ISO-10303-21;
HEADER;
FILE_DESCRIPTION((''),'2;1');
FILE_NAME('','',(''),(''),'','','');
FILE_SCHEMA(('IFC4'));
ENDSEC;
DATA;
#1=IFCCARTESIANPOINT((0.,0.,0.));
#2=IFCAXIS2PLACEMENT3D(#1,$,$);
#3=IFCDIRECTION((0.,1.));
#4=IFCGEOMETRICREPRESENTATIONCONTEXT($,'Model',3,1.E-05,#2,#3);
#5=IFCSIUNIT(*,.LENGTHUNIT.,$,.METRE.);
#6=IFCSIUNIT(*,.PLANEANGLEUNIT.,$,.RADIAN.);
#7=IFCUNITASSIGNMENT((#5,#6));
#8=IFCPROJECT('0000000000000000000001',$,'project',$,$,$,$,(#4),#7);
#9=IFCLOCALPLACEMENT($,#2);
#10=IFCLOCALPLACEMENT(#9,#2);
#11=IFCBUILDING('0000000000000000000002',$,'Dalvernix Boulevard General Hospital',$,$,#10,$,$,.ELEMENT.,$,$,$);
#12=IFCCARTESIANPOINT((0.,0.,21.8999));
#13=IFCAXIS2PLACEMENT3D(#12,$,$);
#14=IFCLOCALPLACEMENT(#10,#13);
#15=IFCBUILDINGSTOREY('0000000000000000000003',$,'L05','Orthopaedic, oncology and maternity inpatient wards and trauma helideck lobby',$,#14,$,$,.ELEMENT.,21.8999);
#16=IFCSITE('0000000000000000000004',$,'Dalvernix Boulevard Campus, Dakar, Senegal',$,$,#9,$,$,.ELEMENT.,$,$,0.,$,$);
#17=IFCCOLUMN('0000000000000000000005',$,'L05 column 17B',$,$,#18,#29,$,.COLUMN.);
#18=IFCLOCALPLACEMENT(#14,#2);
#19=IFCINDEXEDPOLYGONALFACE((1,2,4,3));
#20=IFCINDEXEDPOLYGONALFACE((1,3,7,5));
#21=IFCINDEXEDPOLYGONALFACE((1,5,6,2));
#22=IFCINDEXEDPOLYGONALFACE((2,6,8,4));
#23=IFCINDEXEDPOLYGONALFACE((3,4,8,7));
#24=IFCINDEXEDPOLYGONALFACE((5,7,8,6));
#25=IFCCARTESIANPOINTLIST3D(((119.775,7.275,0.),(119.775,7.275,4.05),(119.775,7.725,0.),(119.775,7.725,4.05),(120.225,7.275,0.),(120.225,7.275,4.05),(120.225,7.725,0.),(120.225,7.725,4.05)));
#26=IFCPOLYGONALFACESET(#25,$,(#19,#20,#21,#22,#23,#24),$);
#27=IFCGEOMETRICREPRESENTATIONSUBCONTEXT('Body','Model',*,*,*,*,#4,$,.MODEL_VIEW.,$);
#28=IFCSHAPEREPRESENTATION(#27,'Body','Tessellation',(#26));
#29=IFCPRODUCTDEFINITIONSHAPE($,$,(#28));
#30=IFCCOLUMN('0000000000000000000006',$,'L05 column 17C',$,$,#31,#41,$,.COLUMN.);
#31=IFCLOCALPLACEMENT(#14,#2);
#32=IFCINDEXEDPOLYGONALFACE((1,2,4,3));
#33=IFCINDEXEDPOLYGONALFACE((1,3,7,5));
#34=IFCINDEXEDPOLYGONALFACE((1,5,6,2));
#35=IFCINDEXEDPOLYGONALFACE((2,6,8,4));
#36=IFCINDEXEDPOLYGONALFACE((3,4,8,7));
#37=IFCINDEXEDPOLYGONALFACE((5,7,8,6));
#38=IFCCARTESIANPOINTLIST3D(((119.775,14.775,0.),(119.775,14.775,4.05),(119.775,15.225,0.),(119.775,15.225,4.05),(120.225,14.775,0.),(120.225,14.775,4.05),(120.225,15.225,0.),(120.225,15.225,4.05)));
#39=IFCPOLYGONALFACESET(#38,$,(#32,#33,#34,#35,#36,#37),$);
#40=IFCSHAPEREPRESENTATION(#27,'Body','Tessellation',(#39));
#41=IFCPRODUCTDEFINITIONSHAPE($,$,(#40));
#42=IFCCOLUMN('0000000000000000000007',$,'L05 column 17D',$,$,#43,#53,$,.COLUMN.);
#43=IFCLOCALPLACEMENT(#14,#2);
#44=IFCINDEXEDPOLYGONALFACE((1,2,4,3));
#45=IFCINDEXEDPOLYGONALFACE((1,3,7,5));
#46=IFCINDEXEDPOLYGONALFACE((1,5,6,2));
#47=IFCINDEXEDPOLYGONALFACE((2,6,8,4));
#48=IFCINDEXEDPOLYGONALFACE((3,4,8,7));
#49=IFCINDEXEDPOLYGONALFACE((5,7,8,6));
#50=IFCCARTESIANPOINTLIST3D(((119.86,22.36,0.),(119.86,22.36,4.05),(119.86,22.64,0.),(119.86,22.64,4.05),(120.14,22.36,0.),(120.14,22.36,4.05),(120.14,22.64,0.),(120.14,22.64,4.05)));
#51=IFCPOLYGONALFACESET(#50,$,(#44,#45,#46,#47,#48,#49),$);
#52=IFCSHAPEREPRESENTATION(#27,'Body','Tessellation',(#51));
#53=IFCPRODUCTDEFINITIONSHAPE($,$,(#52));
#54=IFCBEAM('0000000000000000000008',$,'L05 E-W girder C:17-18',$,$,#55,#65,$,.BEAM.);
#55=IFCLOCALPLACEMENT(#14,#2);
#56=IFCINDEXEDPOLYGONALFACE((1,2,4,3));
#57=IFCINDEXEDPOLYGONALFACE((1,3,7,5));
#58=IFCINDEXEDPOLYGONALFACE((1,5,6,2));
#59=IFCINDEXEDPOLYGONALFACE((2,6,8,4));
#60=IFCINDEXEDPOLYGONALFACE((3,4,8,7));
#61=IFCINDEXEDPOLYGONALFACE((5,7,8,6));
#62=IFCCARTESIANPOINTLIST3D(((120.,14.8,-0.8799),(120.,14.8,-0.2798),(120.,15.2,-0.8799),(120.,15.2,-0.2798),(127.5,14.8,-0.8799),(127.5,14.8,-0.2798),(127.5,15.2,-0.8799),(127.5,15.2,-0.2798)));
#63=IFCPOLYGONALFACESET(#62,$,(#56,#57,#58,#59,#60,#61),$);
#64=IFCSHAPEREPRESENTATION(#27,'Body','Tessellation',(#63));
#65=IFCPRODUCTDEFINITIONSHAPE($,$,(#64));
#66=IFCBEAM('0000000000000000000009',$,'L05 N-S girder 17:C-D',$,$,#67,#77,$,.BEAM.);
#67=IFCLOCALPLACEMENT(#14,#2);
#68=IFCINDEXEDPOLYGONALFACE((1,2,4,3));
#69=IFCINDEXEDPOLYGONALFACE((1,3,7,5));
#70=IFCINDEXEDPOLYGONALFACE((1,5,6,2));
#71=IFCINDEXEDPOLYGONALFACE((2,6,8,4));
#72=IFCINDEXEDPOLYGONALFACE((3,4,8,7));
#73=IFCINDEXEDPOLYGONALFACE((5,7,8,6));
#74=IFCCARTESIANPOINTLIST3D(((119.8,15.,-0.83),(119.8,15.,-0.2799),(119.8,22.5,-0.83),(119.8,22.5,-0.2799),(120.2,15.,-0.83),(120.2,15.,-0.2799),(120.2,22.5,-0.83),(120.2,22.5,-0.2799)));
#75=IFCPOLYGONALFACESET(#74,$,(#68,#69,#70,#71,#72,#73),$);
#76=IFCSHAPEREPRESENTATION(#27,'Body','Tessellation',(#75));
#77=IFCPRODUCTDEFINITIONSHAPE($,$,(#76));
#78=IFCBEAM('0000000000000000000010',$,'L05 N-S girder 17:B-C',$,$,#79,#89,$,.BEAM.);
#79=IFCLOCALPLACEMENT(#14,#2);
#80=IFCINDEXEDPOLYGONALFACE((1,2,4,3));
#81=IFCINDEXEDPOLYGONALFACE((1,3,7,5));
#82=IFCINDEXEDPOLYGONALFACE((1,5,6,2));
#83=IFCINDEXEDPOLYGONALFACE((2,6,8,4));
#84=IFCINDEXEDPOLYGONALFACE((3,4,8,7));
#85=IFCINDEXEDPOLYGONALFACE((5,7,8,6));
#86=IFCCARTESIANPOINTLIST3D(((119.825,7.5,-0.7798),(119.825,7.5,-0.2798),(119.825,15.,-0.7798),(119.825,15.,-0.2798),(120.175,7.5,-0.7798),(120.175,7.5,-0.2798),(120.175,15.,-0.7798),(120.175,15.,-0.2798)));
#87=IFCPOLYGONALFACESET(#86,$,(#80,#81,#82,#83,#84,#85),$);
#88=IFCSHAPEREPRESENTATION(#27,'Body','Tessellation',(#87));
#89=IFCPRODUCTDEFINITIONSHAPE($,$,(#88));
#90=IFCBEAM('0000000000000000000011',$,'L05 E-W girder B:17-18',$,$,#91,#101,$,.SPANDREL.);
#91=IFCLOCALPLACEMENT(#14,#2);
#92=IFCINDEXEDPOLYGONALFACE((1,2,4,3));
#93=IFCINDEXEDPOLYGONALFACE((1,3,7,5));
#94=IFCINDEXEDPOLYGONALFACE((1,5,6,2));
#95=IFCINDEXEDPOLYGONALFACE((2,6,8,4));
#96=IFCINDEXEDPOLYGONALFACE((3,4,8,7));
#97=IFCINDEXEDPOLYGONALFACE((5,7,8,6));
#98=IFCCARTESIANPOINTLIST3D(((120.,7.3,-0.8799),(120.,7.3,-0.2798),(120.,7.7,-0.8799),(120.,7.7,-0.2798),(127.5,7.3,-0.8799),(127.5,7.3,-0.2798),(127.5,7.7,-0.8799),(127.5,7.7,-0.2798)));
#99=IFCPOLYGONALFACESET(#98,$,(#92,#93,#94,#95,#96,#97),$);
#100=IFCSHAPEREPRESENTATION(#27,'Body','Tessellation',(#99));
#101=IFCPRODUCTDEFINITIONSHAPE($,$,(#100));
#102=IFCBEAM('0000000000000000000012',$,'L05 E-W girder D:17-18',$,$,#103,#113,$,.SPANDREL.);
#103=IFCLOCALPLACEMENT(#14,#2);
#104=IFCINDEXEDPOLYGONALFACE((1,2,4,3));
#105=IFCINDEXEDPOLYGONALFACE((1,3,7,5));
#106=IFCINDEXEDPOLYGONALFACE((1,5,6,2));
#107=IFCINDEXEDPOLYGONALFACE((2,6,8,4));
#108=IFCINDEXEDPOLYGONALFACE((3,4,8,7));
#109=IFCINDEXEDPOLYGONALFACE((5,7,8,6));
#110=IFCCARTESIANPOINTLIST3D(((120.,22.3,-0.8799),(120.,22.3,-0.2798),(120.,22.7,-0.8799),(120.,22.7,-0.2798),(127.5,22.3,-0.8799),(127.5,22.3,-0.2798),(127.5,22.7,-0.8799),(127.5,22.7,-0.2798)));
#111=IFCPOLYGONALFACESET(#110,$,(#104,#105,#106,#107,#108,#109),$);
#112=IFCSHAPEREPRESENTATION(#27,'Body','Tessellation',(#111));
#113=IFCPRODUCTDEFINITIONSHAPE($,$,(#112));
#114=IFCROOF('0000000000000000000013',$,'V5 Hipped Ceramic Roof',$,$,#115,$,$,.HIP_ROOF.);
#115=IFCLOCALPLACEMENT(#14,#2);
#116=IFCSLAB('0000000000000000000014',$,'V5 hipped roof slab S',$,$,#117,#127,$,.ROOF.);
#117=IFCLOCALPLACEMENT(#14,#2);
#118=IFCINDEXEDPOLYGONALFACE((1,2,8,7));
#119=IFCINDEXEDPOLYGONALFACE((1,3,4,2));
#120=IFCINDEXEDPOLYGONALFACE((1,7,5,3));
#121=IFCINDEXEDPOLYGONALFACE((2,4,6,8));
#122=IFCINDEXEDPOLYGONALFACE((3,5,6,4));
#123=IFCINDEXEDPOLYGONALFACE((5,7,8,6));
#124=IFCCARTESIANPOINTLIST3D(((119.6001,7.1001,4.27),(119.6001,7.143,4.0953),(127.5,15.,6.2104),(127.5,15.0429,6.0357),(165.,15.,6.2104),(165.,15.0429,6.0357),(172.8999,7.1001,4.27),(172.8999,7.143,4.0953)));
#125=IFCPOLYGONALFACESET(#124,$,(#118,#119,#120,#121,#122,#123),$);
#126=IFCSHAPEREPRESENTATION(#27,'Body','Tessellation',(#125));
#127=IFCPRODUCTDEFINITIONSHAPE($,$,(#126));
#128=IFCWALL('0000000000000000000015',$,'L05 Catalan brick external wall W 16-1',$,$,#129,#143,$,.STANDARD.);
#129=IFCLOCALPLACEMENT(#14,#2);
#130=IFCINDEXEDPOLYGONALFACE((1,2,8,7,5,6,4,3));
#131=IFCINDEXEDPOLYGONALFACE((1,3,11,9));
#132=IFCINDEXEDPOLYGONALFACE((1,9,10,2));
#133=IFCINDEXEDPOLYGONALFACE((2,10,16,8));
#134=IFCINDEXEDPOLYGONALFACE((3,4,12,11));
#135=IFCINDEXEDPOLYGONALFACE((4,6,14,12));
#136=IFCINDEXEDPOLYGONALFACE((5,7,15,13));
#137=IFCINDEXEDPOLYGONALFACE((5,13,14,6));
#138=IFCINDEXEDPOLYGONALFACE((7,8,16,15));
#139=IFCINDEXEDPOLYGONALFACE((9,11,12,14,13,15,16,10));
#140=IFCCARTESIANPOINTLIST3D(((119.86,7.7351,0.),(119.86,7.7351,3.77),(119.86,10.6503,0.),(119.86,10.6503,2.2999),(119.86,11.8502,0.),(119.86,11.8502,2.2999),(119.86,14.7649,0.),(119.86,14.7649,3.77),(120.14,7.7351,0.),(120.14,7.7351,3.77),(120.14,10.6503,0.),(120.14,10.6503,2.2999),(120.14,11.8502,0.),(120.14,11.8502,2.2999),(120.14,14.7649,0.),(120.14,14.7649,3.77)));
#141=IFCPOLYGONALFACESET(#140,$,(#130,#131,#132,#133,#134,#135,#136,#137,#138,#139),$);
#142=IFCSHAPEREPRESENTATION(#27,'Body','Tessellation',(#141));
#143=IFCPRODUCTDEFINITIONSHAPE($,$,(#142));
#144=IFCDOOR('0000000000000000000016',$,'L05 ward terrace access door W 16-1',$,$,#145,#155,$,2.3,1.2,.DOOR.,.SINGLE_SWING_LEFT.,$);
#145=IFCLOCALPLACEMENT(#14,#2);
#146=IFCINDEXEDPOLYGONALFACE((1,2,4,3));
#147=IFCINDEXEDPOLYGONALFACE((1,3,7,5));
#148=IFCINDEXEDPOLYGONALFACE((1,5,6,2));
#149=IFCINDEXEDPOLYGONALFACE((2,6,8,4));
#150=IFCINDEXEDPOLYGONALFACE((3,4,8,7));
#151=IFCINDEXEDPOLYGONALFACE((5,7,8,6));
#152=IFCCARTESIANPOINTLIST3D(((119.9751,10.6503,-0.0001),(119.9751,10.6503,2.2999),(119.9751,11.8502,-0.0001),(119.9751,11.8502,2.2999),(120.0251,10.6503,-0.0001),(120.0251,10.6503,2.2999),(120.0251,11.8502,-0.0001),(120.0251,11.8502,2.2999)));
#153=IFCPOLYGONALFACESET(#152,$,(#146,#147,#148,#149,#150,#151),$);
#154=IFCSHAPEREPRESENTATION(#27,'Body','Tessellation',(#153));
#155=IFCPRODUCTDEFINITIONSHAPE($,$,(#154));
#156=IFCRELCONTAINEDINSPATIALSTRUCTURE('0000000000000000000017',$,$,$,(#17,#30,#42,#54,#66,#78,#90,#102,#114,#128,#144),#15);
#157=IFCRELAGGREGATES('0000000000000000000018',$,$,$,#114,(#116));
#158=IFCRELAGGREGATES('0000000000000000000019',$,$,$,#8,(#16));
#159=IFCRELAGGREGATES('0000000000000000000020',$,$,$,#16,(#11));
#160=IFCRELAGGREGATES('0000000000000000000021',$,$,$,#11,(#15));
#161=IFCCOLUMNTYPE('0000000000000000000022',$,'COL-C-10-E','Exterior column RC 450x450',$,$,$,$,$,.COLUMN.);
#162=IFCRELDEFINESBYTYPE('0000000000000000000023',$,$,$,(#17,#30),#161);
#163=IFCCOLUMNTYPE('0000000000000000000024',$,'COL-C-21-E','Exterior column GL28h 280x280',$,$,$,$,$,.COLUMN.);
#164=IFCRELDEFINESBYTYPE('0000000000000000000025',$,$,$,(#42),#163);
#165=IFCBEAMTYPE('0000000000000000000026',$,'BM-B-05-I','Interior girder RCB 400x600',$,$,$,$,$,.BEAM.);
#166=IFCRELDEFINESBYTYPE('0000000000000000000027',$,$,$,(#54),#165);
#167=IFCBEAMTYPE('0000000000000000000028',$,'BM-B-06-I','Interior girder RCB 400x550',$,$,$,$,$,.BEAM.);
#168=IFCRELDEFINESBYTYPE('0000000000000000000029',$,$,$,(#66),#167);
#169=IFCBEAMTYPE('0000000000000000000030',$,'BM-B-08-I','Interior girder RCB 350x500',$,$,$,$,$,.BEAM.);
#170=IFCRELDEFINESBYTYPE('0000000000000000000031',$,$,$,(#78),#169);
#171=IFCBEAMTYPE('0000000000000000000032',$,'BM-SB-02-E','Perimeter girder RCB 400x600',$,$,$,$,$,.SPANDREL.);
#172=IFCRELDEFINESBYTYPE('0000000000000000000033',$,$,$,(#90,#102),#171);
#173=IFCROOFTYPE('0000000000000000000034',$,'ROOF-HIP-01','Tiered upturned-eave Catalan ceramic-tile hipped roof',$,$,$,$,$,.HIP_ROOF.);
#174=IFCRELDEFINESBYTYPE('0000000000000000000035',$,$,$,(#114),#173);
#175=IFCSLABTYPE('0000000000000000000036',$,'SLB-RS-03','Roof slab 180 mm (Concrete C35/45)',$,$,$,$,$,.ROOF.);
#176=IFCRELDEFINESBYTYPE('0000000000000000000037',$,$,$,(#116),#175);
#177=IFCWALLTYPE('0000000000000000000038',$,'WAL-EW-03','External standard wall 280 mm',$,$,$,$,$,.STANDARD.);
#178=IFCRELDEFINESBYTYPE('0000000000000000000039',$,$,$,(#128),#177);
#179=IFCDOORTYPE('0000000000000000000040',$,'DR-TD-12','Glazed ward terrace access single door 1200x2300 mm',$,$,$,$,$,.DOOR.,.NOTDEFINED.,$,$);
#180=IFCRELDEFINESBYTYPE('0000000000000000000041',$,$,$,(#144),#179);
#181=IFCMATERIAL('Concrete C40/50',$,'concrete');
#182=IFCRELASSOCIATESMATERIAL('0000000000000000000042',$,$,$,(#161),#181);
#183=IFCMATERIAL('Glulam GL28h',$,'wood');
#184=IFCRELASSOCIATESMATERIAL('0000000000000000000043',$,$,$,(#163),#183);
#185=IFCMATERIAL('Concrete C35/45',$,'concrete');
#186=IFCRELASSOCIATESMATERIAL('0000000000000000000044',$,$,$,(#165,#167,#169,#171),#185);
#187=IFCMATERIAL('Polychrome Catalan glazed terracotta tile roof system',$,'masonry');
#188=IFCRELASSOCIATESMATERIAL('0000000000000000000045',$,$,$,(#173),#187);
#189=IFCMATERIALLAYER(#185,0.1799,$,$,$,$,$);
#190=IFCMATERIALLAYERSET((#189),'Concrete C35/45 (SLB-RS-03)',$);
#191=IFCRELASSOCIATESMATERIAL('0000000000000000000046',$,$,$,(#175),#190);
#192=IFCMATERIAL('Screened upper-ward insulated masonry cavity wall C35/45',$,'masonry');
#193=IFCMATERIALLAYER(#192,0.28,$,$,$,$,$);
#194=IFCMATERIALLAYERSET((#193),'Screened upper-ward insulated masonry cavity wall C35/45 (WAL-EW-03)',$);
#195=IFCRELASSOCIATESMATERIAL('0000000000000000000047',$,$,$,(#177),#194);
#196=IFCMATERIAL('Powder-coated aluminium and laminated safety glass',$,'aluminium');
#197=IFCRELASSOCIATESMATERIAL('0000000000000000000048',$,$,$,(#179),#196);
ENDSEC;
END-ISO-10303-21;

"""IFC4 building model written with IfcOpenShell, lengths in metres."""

from ifc_helpers import new_model, si_unit, direction, frame, frame_2d, origin, origin_2d, place, context, subcontext, project, spatial, polyline, rectangle, outline, extrude, material, layer, layer_set, material_profile, profile_set, type_object, element, fill, aggregate, save


model = new_model("IFC4")

# Units and contexts
model_context = context("Model", 3, precision=1e-05, world=origin(), true_north=direction((0.0, 1.0)))
body_context = subcontext(model_context, "Body", "Model", "MODEL_VIEW")
ifc_project = project(units=[si_unit("LENGTHUNIT", "METRE"), si_unit("PLANEANGLEUNIT", "RADIAN")], contexts=[model_context])

# Site, building, storey
site_placement = place(None, origin())
site = spatial("IfcSite", under=ifc_project, at=site_placement, Name="Dalvernix Boulevard Campus, Dakar, Senegal", CompositionType="ELEMENT", RefElevation=0.0)
building_placement = place(site_placement, origin())
building = spatial("IfcBuilding", under=site, at=building_placement, Name="Dalvernix Boulevard General Hospital", CompositionType="ELEMENT")
storey_placement = place(building_placement, frame((0.0, 0.0, 21.8999)))
storey = spatial("IfcBuildingStorey", under=building, at=storey_placement, Name="L05", Description="Orthopaedic, oncology and maternity inpatient wards and trauma helideck lobby", CompositionType="ELEMENT", Elevation=21.8999)

# Columns
ifc_material_1 = material(Name="Concrete C40/50", Category="concrete")
ifc_material_profile_1 = material_profile(ifc_material_1, rectangle(XDim=0.45, YDim=0.45, at=origin_2d()), Name="RC 450x450")
ifc_profile_set_1 = profile_set([ifc_material_profile_1], Name="Concrete C40/50")
column_type_1 = type_object("IfcColumnType", Name="COL-C-10-E", Description="Exterior column RC 450x450", PredefinedType="COLUMN", material=ifc_profile_set_1)
for number, where, z_axis, x_axis, name in (
    (1, (120.0, 7.5, 0.0), (0.0, 0.0, 1.0), (1.0, 0.0, 0.0), "L05 column 17B"),
    (2, (120.0, 15.0, 0.0), (0.0, 0.0, 1.0), (1.0, 0.0, 0.0), "L05 column 17C"),
):
    element("IfcColumn", number, at=place(storey_placement, frame(where, z_axis=z_axis, x_axis=x_axis)), inside=storey, type_object=column_type_1, Name=name, PredefinedType="COLUMN", context=body_context, shape_type="SweptSolid", body=[
        extrude(rectangle(XDim=0.45, YDim=0.45, at=origin_2d()), origin(), (0.0, 0.0, 1.0), 4.05),
    ])
ifc_material_2 = material(Name="Glulam GL28h", Category="wood")
ifc_material_profile_2 = material_profile(ifc_material_2, rectangle(XDim=0.28, YDim=0.28, at=origin_2d()), Name="GL28h 280x280")
ifc_profile_set_2 = profile_set([ifc_material_profile_2], Name="Glulam GL28h")
column_type_2 = type_object("IfcColumnType", Name="COL-C-21-E", Description="Exterior column GL28h 280x280", PredefinedType="COLUMN", material=ifc_profile_set_2)
column_placement = place(storey_placement, frame((120.0, 22.5, 0.0), z_axis=(0.0, 0.0, 1.0), x_axis=(1.0, 0.0, 0.0)))
element("IfcColumn", 3, at=column_placement, inside=storey, type_object=column_type_2, Name="L05 column 17D", PredefinedType="COLUMN", context=body_context, shape_type="SweptSolid", body=[
    extrude(rectangle(XDim=0.28, YDim=0.28, at=origin_2d()), origin(), (0.0, 0.0, 1.0), 4.05),
])

# Beams
ifc_material_3 = material(Name="Concrete C35/45", Category="concrete")
ifc_material_profile_3 = material_profile(ifc_material_3, rectangle(XDim=0.3999, YDim=0.6001, at=origin_2d()), Name="RCB 400x600")
ifc_profile_set_3 = profile_set([ifc_material_profile_3], Name="Concrete C35/45")
beam_type_1 = type_object("IfcBeamType", Name="BM-B-05-I", Description="Interior girder RCB 400x600", PredefinedType="BEAM", material=ifc_profile_set_3)
beam_1_placement = place(storey_placement, frame((120.0, 15.0, -0.5798), z_axis=(1.0, 0.0, 0.0), x_axis=(0.0, 1.0, 0.0)))
element("IfcBeam", 4, at=beam_1_placement, inside=storey, type_object=beam_type_1, Name="L05 E-W girder C:17-18", PredefinedType="BEAM", context=body_context, shape_type="SweptSolid", body=[
    extrude(rectangle(XDim=0.3999, YDim=0.6001, at=origin_2d()), origin(), (0.0, 0.0, 1.0), 7.5),
])
ifc_material_profile_4 = material_profile(ifc_material_3, rectangle(XDim=0.3999, YDim=0.55, at=origin_2d()), Name="RCB 400x550")
ifc_profile_set_4 = profile_set([ifc_material_profile_4], Name="Concrete C35/45")
beam_type_2 = type_object("IfcBeamType", Name="BM-B-06-I", Description="Interior girder RCB 400x550", PredefinedType="BEAM", material=ifc_profile_set_4)
beam_2_placement = place(storey_placement, frame((120.0, 15.0, -0.5549), z_axis=(0.0, 1.0, 0.0), x_axis=(-1.0, 0.0, 0.0)))
element("IfcBeam", 5, at=beam_2_placement, inside=storey, type_object=beam_type_2, Name="L05 N-S girder 17:C-D", PredefinedType="BEAM", context=body_context, shape_type="SweptSolid", body=[
    extrude(rectangle(XDim=0.3999, YDim=0.55, at=origin_2d()), origin(), (0.0, 0.0, 1.0), 7.5),
])
ifc_material_profile_5 = material_profile(ifc_material_3, rectangle(XDim=0.3501, YDim=0.5, at=origin_2d()), Name="RCB 350x500")
ifc_profile_set_5 = profile_set([ifc_material_profile_5], Name="Concrete C35/45")
beam_type_3 = type_object("IfcBeamType", Name="BM-B-08-I", Description="Interior girder RCB 350x500", PredefinedType="BEAM", material=ifc_profile_set_5)
beam_3_placement = place(storey_placement, frame((120.0, 7.5, -0.5298), z_axis=(0.0, 1.0, 0.0), x_axis=(-1.0, 0.0, 0.0)))
element("IfcBeam", 6, at=beam_3_placement, inside=storey, type_object=beam_type_3, Name="L05 N-S girder 17:B-C", PredefinedType="BEAM", context=body_context, shape_type="SweptSolid", body=[
    extrude(rectangle(XDim=0.3501, YDim=0.5, at=origin_2d()), origin(), (0.0, 0.0, 1.0), 7.5),
])
ifc_material_profile_6 = material_profile(ifc_material_3, rectangle(XDim=0.3999, YDim=0.6001, at=origin_2d()), Name="RCB 400x600")
ifc_profile_set_6 = profile_set([ifc_material_profile_6], Name="Concrete C35/45")
beam_type_4 = type_object("IfcBeamType", Name="BM-SB-02-E", Description="Perimeter girder RCB 400x600", PredefinedType="SPANDREL", material=ifc_profile_set_6)
for number, where, z_axis, x_axis, name in (
    (7, (120.0, 7.5, -0.5798), (1.0, 0.0, 0.0), (0.0, 1.0, 0.0), "L05 E-W girder B:17-18"),
    (8, (120.0, 22.5, -0.5798), (1.0, 0.0, 0.0), (0.0, 1.0, 0.0), "L05 E-W girder D:17-18"),
):
    element("IfcBeam", number, at=place(storey_placement, frame(where, z_axis=z_axis, x_axis=x_axis)), inside=storey, type_object=beam_type_4, Name=name, PredefinedType="SPANDREL", context=body_context, shape_type="SweptSolid", body=[
        extrude(rectangle(XDim=0.3999, YDim=0.6001, at=origin_2d()), origin(), (0.0, 0.0, 1.0), 7.5),
    ])

# Roof, slab
ifc_material_4 = material(Name="Polychrome Catalan glazed terracotta tile roof system", Category="masonry")
roof_type_1 = type_object("IfcRoofType", Name="ROOF-HIP-01", Description="Tiered upturned-eave Catalan ceramic-tile hipped roof", PredefinedType="HIP_ROOF", material=ifc_material_4)
roof_1_placement = place(storey_placement, origin())
roof_1 = element("IfcRoof", 9, at=roof_1_placement, inside=storey, type_object=roof_type_1, Name="V5 Hipped Ceramic Roof", PredefinedType="HIP_ROOF")
ifc_layer_1 = layer(ifc_material_3, 0.1799)
ifc_layer_set_1 = layer_set([ifc_layer_1], Name="Concrete C35/45 (SLB-RS-03)")
slab_type = type_object("IfcSlabType", Name="SLB-RS-03", Description="Roof slab 180 mm (Concrete C35/45)", PredefinedType="ROOF", material=ifc_layer_set_1)
slab_placement = place(storey_placement, frame((119.6001, 7.1001, 4.27), z_axis=(0.0, -0.238537, 0.971133), x_axis=(1.0, 0.0, 0.0)))
slab = element("IfcSlab", 10, at=slab_placement, type_object=slab_type, Name="V5 hipped roof slab S", PredefinedType="ROOF", context=body_context, shape_type="SweptSolid", body=[
    extrude(outline(polyline([(0.0, 0.0), (53.2998, 0.0), (45.3999, 8.1347), (7.8999, 8.1347), (0.0, 0.0)])), origin(), (0.0, 0.0, -1.0), 0.1799),
])
aggregate(roof_1, [slab])

# Wall, opening, door
ifc_material_5 = material(Name="Screened upper-ward insulated masonry cavity wall C35/45", Category="masonry")
ifc_layer_2 = layer(ifc_material_5, 0.28)
ifc_layer_set_2 = layer_set([ifc_layer_2], Name="Screened upper-ward insulated masonry cavity wall C35/45 (WAL-EW-03)")
wall_type = type_object("IfcWallType", Name="WAL-EW-03", Description="External standard wall 280 mm", PredefinedType="STANDARD", material=ifc_layer_set_2)
wall_1_placement = place(storey_placement, frame((120.0, 7.7351, 0.0), z_axis=(0.0, 0.0, 1.0), x_axis=(0.0, 1.0, 0.0)))
wall_1 = element("IfcWall", 11, at=wall_1_placement, inside=storey, type_object=wall_type, Name="L05 Catalan brick external wall W 16-1", PredefinedType="STANDARD", context=body_context, shape_type="SweptSolid", body=[
    extrude(rectangle(XDim=7.0298, YDim=0.28, at=frame_2d((3.5149, 0.0))), origin(), (0.0, 0.0, 1.0), 3.77),
])
opening_1_placement = place(wall_1_placement, frame((2.915, 0.0, 0.0)))
opening_1 = element("IfcOpeningElement", 12, at=opening_1_placement, cuts=wall_1, PredefinedType="OPENING", context=body_context, shape_type="SweptSolid", body=[
    extrude(rectangle(XDim=1.2, YDim=2.3, at=frame_2d((0.6001, 1.1499))), frame((0.0, 0.1499, 0.0), z_axis=(0.0, -1.0, 0.0), x_axis=(1.0, 0.0, 0.0)), (0.0, 0.0, 1.0), 0.3),
])
ifc_material_6 = material(Name="Powder-coated aluminium and laminated safety glass", Category="aluminium")
door_type = type_object("IfcDoorType", Name="DR-TD-12", Description="Glazed ward terrace access single door 1200x2300 mm", OperationType="NOTDEFINED", PredefinedType="DOOR", material=ifc_material_6)
door_1_placement = place(opening_1_placement, origin())
door_1 = element("IfcDoor", 13, at=door_1_placement, inside=storey, type_object=door_type, Name="L05 ward terrace access door W 16-1", OperationType="SINGLE_SWING_LEFT", OverallHeight=2.3, OverallWidth=1.2, PredefinedType="DOOR", context=body_context, shape_type="SweptSolid", body=[
    extrude(rectangle(XDim=1.2, YDim=2.3, at=frame_2d((0.6001, 1.1499))), frame((0.0, 0.0249, 0.0), z_axis=(0.0, -1.0, 0.0), x_axis=(1.0, 0.0, 0.0)), (0.0, 0.0, 1.0), 0.05),
])
fill(opening_1, door_1)

save(model, "model.ifc")
